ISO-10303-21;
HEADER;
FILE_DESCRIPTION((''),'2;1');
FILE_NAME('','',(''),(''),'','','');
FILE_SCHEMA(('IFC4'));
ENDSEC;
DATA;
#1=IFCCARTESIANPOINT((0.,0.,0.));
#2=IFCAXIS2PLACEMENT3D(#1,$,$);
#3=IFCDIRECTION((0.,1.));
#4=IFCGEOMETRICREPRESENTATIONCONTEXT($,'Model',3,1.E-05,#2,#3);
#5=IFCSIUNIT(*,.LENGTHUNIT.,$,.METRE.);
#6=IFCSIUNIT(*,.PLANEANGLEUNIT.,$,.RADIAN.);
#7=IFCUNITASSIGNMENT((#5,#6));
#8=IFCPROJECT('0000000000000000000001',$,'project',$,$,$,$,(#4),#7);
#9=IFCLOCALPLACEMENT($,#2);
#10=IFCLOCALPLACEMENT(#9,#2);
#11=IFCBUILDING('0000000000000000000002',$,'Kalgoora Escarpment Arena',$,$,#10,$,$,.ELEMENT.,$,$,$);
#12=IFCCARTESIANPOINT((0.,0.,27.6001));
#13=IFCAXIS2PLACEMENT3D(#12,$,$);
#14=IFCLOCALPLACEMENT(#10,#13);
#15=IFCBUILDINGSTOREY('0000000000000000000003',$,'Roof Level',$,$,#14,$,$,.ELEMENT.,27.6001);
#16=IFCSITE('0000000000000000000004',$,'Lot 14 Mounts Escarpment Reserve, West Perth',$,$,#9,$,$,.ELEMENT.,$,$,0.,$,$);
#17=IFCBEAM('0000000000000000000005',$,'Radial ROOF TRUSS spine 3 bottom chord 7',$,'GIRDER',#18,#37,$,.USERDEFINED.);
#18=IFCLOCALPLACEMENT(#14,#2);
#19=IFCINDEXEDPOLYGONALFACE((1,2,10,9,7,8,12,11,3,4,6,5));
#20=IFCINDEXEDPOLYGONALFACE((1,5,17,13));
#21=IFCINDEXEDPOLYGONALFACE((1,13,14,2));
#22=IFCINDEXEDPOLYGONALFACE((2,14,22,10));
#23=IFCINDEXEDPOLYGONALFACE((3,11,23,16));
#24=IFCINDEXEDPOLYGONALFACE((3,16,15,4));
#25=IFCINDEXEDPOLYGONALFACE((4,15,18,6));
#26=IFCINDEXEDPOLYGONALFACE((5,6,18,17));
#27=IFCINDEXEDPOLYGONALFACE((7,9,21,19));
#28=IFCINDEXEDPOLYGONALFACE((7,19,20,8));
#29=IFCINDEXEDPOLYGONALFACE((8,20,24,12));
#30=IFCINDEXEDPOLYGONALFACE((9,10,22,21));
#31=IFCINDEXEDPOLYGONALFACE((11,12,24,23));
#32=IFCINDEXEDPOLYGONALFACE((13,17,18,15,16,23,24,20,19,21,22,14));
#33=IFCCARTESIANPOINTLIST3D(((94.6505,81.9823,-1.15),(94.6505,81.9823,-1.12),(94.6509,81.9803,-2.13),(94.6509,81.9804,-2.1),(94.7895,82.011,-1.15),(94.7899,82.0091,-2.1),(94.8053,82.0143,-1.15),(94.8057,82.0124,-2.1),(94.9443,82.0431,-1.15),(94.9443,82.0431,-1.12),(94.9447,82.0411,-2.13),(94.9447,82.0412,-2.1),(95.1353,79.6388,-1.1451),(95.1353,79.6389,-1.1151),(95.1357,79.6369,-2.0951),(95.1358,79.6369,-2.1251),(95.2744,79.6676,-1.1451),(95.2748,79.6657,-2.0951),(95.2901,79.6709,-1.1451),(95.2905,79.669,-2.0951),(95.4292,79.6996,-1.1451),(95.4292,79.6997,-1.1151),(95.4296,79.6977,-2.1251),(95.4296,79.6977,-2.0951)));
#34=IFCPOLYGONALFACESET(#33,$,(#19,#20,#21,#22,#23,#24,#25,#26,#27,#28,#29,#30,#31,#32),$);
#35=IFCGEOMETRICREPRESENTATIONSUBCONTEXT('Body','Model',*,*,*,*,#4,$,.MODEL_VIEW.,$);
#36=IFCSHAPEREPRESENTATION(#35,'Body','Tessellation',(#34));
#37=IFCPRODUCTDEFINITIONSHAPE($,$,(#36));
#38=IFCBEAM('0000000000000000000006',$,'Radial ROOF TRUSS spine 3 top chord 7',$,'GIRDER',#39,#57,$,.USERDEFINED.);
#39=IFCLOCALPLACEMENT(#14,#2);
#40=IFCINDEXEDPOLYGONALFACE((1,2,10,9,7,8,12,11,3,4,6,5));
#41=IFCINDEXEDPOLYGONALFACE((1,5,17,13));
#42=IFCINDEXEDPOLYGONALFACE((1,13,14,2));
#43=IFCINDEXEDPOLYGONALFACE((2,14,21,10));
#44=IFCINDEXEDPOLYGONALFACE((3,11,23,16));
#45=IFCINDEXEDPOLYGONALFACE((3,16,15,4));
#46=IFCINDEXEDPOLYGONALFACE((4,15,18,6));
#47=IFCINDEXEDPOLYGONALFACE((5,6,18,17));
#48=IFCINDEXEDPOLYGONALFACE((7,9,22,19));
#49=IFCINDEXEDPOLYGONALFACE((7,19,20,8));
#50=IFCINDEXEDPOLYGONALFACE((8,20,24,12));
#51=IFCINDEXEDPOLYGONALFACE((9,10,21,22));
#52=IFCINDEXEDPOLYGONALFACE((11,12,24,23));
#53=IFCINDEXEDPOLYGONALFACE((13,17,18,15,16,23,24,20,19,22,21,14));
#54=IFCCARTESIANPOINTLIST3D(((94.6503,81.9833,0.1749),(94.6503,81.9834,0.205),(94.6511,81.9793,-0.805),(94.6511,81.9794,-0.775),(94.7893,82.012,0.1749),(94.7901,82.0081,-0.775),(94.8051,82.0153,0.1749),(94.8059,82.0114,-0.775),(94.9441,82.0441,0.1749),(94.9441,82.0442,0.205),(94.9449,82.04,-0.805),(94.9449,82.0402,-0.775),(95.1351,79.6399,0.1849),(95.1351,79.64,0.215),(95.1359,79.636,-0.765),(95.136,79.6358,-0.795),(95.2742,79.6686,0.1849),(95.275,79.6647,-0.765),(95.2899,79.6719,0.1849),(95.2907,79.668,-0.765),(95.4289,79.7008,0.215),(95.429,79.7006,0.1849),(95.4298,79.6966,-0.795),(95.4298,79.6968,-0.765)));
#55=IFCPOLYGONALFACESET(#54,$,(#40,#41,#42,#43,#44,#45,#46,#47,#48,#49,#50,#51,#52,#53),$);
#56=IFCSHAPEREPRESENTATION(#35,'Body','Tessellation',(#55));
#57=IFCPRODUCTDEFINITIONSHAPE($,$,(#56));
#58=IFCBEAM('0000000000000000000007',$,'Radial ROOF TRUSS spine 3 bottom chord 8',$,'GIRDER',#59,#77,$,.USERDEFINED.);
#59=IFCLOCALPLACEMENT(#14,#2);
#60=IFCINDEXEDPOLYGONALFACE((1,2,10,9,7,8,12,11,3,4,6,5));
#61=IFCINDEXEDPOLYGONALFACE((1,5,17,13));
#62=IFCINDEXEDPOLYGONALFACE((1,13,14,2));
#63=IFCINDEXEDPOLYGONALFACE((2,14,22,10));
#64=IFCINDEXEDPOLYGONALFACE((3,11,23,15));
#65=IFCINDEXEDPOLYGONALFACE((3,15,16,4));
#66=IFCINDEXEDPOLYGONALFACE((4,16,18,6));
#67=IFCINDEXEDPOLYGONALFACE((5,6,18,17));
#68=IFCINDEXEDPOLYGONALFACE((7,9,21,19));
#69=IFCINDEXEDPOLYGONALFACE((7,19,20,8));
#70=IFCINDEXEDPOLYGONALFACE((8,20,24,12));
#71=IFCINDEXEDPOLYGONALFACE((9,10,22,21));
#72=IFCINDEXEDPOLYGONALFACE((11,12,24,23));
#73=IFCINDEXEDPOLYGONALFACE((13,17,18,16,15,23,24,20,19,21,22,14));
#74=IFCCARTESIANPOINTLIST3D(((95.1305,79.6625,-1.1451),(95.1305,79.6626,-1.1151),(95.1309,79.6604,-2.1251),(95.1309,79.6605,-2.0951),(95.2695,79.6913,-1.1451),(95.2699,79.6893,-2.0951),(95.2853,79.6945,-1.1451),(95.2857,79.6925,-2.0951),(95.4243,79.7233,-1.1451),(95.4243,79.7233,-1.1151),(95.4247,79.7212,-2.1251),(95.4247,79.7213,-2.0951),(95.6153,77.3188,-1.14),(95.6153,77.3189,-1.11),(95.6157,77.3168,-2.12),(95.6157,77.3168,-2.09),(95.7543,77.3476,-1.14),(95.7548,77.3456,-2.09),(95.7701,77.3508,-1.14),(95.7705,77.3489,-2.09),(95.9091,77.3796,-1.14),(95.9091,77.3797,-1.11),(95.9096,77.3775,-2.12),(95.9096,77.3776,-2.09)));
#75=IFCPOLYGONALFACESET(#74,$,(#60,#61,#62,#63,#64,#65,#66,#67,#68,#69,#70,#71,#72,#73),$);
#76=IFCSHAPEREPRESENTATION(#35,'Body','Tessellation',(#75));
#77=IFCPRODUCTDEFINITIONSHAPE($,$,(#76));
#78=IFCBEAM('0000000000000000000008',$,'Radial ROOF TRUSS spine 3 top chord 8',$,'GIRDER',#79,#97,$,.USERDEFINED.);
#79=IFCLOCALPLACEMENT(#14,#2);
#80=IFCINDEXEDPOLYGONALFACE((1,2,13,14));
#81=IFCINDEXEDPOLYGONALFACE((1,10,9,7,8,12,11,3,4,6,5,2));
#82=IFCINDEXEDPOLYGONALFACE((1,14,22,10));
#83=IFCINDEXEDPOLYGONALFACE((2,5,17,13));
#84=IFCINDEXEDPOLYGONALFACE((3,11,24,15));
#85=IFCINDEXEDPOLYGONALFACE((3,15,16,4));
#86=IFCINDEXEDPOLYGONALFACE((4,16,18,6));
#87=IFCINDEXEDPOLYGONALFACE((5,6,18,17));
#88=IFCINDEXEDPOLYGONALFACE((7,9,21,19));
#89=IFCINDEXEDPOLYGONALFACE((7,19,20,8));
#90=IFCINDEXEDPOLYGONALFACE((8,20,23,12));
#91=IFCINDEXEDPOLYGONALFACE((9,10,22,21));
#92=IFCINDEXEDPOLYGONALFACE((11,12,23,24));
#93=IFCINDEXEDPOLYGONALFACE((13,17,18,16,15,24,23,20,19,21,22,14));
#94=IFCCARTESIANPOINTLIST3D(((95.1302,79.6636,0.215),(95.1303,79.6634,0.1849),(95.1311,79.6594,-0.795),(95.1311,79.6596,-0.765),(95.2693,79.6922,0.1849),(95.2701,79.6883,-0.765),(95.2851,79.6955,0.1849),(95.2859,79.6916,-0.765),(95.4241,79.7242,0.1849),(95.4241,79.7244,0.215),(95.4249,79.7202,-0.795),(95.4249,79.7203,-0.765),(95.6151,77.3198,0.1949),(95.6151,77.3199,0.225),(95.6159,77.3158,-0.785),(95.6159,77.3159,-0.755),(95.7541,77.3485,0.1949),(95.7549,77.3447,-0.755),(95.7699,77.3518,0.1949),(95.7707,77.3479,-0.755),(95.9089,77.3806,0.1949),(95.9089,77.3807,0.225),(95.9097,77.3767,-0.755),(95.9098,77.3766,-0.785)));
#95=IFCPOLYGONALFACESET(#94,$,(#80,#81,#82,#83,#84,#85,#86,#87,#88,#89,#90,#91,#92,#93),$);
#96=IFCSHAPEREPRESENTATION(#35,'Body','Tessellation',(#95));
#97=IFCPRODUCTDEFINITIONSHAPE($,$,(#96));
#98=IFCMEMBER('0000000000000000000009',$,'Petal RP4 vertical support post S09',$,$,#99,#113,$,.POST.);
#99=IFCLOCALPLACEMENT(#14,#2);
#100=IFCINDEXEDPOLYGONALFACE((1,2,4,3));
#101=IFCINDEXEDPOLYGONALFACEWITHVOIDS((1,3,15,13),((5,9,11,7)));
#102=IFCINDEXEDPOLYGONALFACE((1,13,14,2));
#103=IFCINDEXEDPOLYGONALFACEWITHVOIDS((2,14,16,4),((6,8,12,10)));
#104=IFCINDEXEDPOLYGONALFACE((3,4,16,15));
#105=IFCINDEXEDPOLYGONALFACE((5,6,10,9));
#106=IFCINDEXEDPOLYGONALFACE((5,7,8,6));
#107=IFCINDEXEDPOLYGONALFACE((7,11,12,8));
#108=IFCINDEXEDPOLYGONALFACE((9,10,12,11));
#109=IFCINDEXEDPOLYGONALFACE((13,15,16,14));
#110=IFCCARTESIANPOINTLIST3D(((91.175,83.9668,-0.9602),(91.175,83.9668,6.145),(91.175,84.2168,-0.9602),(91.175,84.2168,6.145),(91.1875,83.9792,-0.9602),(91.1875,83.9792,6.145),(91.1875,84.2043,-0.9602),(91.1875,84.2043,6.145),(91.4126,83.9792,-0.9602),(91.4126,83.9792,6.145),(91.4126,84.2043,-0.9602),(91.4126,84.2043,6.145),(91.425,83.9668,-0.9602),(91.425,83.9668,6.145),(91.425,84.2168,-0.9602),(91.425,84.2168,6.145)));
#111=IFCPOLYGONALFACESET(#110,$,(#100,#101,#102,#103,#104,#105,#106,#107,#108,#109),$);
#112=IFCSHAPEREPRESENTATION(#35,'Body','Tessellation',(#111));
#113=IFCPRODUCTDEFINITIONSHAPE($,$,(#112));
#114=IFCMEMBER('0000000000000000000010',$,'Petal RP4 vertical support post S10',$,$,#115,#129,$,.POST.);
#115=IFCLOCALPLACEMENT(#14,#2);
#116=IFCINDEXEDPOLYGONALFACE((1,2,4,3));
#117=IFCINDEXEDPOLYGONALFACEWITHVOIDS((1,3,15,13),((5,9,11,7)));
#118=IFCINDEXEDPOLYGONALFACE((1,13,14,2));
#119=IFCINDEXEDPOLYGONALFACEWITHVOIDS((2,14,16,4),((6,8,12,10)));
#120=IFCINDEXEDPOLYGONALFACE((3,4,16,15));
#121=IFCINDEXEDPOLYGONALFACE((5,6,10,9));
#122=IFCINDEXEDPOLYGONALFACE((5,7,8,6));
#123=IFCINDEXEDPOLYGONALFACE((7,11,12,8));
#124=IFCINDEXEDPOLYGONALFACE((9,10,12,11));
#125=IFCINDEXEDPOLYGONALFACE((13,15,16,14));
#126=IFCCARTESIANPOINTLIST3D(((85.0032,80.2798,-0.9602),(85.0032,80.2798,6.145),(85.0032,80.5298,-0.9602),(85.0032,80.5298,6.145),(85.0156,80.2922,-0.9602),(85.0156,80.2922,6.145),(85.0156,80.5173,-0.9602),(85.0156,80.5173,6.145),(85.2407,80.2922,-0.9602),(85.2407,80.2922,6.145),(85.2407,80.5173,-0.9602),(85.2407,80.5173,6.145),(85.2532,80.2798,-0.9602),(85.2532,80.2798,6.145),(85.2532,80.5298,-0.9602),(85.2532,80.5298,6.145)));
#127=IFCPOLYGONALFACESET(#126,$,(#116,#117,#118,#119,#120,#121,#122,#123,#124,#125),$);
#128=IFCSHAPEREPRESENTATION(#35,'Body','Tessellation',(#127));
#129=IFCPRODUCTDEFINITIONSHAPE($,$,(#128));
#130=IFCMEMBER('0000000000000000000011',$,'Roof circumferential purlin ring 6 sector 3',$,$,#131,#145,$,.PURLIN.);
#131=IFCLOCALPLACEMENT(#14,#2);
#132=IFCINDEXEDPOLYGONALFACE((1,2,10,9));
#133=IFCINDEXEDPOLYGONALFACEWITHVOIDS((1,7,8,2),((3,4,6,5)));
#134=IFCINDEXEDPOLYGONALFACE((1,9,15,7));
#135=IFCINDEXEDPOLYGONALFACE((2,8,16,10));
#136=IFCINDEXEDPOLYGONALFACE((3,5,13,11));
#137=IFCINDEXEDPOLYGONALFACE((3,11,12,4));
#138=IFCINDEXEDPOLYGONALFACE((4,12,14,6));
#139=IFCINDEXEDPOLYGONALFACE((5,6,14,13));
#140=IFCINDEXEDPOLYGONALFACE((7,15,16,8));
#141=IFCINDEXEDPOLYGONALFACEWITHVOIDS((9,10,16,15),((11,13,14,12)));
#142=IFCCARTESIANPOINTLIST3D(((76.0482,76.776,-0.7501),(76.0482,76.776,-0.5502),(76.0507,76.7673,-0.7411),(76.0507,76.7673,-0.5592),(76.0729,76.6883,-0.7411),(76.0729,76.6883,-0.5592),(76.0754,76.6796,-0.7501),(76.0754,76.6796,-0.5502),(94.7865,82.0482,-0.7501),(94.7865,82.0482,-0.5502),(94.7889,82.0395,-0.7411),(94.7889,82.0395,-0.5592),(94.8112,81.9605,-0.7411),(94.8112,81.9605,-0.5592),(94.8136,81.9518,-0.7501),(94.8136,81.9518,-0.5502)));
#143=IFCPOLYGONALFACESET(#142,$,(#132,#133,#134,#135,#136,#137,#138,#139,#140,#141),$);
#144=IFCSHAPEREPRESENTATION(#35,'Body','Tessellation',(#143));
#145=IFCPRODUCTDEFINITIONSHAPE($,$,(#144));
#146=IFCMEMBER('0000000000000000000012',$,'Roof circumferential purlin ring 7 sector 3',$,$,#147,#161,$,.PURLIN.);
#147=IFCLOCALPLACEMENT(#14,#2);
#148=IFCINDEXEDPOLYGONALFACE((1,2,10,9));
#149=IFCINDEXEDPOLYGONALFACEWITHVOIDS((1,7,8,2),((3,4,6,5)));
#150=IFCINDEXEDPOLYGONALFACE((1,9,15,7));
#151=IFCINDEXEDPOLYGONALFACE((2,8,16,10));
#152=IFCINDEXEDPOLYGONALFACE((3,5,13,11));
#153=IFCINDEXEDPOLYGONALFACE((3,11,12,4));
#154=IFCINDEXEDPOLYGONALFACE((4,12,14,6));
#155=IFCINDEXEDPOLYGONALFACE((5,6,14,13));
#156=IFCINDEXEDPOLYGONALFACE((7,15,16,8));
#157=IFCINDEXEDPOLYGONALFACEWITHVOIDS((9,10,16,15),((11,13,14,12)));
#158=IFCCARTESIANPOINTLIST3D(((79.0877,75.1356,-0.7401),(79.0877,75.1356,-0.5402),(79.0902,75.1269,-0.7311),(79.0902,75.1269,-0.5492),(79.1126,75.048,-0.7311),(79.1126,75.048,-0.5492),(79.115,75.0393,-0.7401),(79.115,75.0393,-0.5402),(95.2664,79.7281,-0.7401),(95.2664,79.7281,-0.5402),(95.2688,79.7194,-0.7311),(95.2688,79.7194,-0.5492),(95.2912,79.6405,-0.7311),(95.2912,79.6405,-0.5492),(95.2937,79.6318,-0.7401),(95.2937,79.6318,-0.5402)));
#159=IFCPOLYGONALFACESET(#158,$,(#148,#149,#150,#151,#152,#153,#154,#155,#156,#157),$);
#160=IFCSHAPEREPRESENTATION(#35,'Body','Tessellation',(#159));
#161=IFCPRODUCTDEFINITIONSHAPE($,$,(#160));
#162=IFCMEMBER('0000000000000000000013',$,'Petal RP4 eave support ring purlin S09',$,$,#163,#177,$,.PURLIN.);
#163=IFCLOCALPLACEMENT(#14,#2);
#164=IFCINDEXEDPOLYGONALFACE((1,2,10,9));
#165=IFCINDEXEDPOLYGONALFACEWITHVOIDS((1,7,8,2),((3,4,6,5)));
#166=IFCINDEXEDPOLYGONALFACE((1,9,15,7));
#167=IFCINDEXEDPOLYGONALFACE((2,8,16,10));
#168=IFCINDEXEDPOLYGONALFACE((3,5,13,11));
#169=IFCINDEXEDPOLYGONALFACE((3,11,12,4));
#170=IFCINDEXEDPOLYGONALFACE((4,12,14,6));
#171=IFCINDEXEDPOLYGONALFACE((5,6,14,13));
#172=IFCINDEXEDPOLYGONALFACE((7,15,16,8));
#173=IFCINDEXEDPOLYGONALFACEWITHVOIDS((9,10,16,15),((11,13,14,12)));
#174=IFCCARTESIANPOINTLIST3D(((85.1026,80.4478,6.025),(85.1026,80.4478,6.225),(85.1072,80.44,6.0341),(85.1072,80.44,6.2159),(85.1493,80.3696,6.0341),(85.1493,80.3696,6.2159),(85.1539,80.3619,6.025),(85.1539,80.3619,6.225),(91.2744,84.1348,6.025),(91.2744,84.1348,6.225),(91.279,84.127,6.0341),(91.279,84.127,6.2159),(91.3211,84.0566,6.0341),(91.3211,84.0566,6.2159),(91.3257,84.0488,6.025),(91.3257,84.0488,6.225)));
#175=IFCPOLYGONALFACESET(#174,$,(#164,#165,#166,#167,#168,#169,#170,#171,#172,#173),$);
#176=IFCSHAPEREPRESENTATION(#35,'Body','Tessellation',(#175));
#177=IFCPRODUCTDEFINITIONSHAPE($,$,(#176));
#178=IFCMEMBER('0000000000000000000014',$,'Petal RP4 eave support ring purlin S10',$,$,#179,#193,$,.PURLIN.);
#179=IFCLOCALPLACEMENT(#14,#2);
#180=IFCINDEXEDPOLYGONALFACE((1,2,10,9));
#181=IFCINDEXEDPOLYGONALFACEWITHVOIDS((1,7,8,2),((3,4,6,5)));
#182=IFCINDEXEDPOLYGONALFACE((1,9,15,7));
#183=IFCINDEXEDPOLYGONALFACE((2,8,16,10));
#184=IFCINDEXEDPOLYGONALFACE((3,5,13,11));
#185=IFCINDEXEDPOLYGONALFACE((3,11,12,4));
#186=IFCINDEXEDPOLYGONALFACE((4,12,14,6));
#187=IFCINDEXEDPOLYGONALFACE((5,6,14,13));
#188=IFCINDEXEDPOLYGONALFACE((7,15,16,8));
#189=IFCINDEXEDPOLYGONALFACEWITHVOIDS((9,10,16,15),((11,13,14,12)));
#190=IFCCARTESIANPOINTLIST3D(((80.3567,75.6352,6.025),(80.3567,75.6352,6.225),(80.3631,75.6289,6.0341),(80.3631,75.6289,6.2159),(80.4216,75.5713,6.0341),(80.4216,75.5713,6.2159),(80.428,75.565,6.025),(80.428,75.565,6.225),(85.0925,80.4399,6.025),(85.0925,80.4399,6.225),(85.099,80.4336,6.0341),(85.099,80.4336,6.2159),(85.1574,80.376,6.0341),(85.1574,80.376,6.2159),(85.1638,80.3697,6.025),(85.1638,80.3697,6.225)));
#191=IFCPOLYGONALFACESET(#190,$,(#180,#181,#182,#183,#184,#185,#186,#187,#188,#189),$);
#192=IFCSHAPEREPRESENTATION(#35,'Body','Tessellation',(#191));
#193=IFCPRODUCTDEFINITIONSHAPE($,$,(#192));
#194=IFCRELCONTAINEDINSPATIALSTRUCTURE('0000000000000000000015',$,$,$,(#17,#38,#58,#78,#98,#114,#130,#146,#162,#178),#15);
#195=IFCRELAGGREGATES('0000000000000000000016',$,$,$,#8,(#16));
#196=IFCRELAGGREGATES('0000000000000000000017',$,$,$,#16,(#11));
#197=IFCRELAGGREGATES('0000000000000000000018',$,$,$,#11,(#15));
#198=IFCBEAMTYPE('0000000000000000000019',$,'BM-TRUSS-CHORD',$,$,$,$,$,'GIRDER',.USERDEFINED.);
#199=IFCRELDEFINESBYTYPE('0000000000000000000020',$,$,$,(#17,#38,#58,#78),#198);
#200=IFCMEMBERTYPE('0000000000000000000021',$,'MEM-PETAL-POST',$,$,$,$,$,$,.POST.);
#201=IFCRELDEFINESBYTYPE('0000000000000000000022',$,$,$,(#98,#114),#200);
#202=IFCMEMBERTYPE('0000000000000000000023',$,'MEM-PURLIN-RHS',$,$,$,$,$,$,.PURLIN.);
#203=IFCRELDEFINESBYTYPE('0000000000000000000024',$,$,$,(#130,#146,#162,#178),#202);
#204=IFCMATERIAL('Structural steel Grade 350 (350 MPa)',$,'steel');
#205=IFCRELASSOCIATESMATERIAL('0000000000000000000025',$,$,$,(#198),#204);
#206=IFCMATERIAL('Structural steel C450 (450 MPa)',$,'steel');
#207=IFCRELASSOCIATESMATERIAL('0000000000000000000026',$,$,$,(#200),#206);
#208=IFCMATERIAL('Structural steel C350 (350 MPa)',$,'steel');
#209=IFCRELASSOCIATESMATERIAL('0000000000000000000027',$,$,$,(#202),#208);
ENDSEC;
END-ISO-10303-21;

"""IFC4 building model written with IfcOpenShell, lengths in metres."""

from ifc_helpers import new_model, si_unit, direction, frame, origin, origin_2d, place, context, subcontext, project, spatial, hollow_rectangle, i_section, extrude, material, material_profile, profile_set, type_object, element, save


model = new_model("IFC4")

# Units and contexts
model_context = context("Model", 3, precision=1e-05, world=origin(), true_north=direction((0.0, 1.0)))
body_context = subcontext(model_context, "Body", "Model", "MODEL_VIEW")
ifc_project = project(units=[si_unit("LENGTHUNIT", "METRE"), si_unit("PLANEANGLEUNIT", "RADIAN")], contexts=[model_context])

# Site, building, storey
site_placement = place(None, origin())
site = spatial("IfcSite", under=ifc_project, at=site_placement, Name="Lot 14 Mounts Escarpment Reserve, West Perth", CompositionType="ELEMENT", RefElevation=0.0)
building_placement = place(site_placement, origin())
building = spatial("IfcBuilding", under=site, at=building_placement, Name="Kalgoora Escarpment Arena", CompositionType="ELEMENT")
storey_placement = place(building_placement, frame((0.0, 0.0, 27.6001)))
storey = spatial("IfcBuildingStorey", under=building, at=storey_placement, Name="Roof Level", CompositionType="ELEMENT", Elevation=27.6001)

# Beams
ifc_material_1 = material(Name="Structural steel Grade 350 (350 MPa)", Category="steel")
ifc_material_profile_1 = material_profile(ifc_material_1, i_section(OverallWidth=0.3, OverallDepth=1.01, WebThickness=0.0161, FlangeThickness=0.03, at=origin_2d()))
ifc_profile_set_1 = profile_set([ifc_material_profile_1], Name="Structural steel Grade 350 (350 MPa)")
beam_type = type_object("IfcBeamType", Name="BM-TRUSS-CHORD", ElementType="GIRDER", PredefinedType="USERDEFINED", material=ifc_profile_set_1)
for number, where, z_axis, x_axis, name in (
    (1, (94.7976, 82.0117, -1.625), (0.202605, -0.979258, 0.00204), (0.97926, 0.202606, 0.0), "Radial ROOF TRUSS spine 3 bottom chord 7"),
    (2, (94.7976, 82.0117, -0.3), (0.202604, -0.979252, 0.004183), (0.97926, 0.202606, 0.0), "Radial ROOF TRUSS spine 3 top chord 7"),
):
    element("IfcBeam", number, at=place(storey_placement, frame(where, z_axis=z_axis, x_axis=x_axis)), inside=storey, type_object=beam_type, Name=name, ObjectType="GIRDER", PredefinedType="USERDEFINED", context=body_context, shape_type="SweptSolid", body=[
        extrude(i_section(OverallWidth=0.3, OverallDepth=1.01, WebThickness=0.0161, FlangeThickness=0.03, at=origin_2d()), origin(), (0.0, 0.0, 1.0), 2.3931),
    ])
for number, where, z_axis, x_axis, name in (
    (3, (95.2776, 79.6919, -1.6201), (0.202585, -0.979262, 0.002142), (0.979265, 0.202585, 0.0), "Radial ROOF TRUSS spine 3 bottom chord 8"),
    (4, (95.2776, 79.6919, -0.29), (0.202584, -0.979256, 0.004182), (0.979265, 0.202585, 0.0), "Radial ROOF TRUSS spine 3 top chord 8"),
):
    element("IfcBeam", number, at=place(storey_placement, frame(where, z_axis=z_axis, x_axis=x_axis)), inside=storey, type_object=beam_type, Name=name, ObjectType="GIRDER", PredefinedType="USERDEFINED", context=body_context, shape_type="SweptSolid", body=[
        extrude(i_section(OverallWidth=0.3, OverallDepth=1.01, WebThickness=0.0161, FlangeThickness=0.03, at=origin_2d()), origin(), (0.0, 0.0, 1.0), 2.3933),
    ])

# Members
ifc_material_2 = material(Name="Structural steel C450 (450 MPa)", Category="steel")
ifc_material_profile_2 = material_profile(ifc_material_2, hollow_rectangle(XDim=0.25, YDim=0.25, WallThickness=0.0125, at=origin_2d()))
ifc_profile_set_2 = profile_set([ifc_material_profile_2], Name="Structural steel C450 (450 MPa)")
member_type_1 = type_object("IfcMemberType", Name="MEM-PETAL-POST", PredefinedType="POST", material=ifc_profile_set_2)
for number, where, z_axis, x_axis, name in (
    (5, (91.3, 84.0918, -0.9602), (0.0, 0.0, 1.0), (1.0, 0.0, 0.0), "Petal RP4 vertical support post S09"),
    (6, (85.1282, 80.4048, -0.9602), (0.0, 0.0, 1.0), (1.0, 0.0, 0.0), "Petal RP4 vertical support post S10"),
):
    element("IfcMember", number, at=place(storey_placement, frame(where, z_axis=z_axis, x_axis=x_axis)), inside=storey, type_object=member_type_1, Name=name, PredefinedType="POST", context=body_context, shape_type="SweptSolid", body=[
        extrude(hollow_rectangle(XDim=0.25, YDim=0.25, WallThickness=0.0125, at=origin_2d()), origin(), (0.0, 0.0, 1.0), 7.1052),
    ])
ifc_material_3 = material(Name="Structural steel C350 (350 MPa)", Category="steel")
ifc_material_profile_3 = material_profile(ifc_material_3, hollow_rectangle(XDim=0.1001, YDim=0.2, WallThickness=0.009, at=origin_2d()))
ifc_profile_set_3 = profile_set([ifc_material_profile_3], Name="Structural steel C350 (350 MPa)")
member_type_2 = type_object("IfcMemberType", Name="MEM-PURLIN-RHS", PredefinedType="PURLIN", material=ifc_profile_set_3)
member_1_placement = place(storey_placement, frame((94.8, 82.0, -0.6501), z_axis=(-0.962623, -0.270844, 0.0), x_axis=(0.270844, -0.962623, 0.0)))
element("IfcMember", 7, at=member_1_placement, inside=storey, type_object=member_type_2, Name="Roof circumferential purlin ring 6 sector 3", PredefinedType="PURLIN", context=body_context, shape_type="SweptSolid", body=[
    extrude(hollow_rectangle(XDim=0.1001, YDim=0.2, WallThickness=0.009, at=origin_2d()), origin(), (0.0, 0.0, 1.0), 19.4658),
])
member_2_placement = place(storey_placement, frame((95.28, 79.6799, -0.6401), z_axis=(-0.961993, -0.273074, 0.0), x_axis=(0.273074, -0.961993, 0.0)))
element("IfcMember", 8, at=member_2_placement, inside=storey, type_object=member_type_2, Name="Roof circumferential purlin ring 7 sector 3", PredefinedType="PURLIN", context=body_context, shape_type="SweptSolid", body=[
    extrude(hollow_rectangle(XDim=0.1001, YDim=0.2, WallThickness=0.009, at=origin_2d()), origin(), (0.0, 0.0, 1.0), 16.8179),
])
member_3_placement = place(storey_placement, frame((91.3, 84.0918, 6.125), z_axis=(-0.85848, -0.512847, 0.0), x_axis=(0.512847, -0.85848, 0.0)))
element("IfcMember", 9, at=member_3_placement, inside=storey, type_object=member_type_2, Name="Petal RP4 eave support ring purlin S09", PredefinedType="PURLIN", context=body_context, shape_type="SweptSolid", body=[
    extrude(hollow_rectangle(XDim=0.1001, YDim=0.2, WallThickness=0.009, at=origin_2d()), origin(), (0.0, 0.0, 1.0), 7.1892),
])
member_4_placement = place(storey_placement, frame((85.1282, 80.4048, 6.125), z_axis=(-0.701986, -0.712191, 0.0), x_axis=(0.712191, -0.701986, 0.0)))
element("IfcMember", 10, at=member_4_placement, inside=storey, type_object=member_type_2, Name="Petal RP4 eave support ring purlin S10", PredefinedType="PURLIN", context=body_context, shape_type="SweptSolid", body=[
    extrude(hollow_rectangle(XDim=0.1001, YDim=0.2, WallThickness=0.009, at=origin_2d()), origin(), (0.0, 0.0, 1.0), 6.7463),
])

save(model, "model.ifc")
